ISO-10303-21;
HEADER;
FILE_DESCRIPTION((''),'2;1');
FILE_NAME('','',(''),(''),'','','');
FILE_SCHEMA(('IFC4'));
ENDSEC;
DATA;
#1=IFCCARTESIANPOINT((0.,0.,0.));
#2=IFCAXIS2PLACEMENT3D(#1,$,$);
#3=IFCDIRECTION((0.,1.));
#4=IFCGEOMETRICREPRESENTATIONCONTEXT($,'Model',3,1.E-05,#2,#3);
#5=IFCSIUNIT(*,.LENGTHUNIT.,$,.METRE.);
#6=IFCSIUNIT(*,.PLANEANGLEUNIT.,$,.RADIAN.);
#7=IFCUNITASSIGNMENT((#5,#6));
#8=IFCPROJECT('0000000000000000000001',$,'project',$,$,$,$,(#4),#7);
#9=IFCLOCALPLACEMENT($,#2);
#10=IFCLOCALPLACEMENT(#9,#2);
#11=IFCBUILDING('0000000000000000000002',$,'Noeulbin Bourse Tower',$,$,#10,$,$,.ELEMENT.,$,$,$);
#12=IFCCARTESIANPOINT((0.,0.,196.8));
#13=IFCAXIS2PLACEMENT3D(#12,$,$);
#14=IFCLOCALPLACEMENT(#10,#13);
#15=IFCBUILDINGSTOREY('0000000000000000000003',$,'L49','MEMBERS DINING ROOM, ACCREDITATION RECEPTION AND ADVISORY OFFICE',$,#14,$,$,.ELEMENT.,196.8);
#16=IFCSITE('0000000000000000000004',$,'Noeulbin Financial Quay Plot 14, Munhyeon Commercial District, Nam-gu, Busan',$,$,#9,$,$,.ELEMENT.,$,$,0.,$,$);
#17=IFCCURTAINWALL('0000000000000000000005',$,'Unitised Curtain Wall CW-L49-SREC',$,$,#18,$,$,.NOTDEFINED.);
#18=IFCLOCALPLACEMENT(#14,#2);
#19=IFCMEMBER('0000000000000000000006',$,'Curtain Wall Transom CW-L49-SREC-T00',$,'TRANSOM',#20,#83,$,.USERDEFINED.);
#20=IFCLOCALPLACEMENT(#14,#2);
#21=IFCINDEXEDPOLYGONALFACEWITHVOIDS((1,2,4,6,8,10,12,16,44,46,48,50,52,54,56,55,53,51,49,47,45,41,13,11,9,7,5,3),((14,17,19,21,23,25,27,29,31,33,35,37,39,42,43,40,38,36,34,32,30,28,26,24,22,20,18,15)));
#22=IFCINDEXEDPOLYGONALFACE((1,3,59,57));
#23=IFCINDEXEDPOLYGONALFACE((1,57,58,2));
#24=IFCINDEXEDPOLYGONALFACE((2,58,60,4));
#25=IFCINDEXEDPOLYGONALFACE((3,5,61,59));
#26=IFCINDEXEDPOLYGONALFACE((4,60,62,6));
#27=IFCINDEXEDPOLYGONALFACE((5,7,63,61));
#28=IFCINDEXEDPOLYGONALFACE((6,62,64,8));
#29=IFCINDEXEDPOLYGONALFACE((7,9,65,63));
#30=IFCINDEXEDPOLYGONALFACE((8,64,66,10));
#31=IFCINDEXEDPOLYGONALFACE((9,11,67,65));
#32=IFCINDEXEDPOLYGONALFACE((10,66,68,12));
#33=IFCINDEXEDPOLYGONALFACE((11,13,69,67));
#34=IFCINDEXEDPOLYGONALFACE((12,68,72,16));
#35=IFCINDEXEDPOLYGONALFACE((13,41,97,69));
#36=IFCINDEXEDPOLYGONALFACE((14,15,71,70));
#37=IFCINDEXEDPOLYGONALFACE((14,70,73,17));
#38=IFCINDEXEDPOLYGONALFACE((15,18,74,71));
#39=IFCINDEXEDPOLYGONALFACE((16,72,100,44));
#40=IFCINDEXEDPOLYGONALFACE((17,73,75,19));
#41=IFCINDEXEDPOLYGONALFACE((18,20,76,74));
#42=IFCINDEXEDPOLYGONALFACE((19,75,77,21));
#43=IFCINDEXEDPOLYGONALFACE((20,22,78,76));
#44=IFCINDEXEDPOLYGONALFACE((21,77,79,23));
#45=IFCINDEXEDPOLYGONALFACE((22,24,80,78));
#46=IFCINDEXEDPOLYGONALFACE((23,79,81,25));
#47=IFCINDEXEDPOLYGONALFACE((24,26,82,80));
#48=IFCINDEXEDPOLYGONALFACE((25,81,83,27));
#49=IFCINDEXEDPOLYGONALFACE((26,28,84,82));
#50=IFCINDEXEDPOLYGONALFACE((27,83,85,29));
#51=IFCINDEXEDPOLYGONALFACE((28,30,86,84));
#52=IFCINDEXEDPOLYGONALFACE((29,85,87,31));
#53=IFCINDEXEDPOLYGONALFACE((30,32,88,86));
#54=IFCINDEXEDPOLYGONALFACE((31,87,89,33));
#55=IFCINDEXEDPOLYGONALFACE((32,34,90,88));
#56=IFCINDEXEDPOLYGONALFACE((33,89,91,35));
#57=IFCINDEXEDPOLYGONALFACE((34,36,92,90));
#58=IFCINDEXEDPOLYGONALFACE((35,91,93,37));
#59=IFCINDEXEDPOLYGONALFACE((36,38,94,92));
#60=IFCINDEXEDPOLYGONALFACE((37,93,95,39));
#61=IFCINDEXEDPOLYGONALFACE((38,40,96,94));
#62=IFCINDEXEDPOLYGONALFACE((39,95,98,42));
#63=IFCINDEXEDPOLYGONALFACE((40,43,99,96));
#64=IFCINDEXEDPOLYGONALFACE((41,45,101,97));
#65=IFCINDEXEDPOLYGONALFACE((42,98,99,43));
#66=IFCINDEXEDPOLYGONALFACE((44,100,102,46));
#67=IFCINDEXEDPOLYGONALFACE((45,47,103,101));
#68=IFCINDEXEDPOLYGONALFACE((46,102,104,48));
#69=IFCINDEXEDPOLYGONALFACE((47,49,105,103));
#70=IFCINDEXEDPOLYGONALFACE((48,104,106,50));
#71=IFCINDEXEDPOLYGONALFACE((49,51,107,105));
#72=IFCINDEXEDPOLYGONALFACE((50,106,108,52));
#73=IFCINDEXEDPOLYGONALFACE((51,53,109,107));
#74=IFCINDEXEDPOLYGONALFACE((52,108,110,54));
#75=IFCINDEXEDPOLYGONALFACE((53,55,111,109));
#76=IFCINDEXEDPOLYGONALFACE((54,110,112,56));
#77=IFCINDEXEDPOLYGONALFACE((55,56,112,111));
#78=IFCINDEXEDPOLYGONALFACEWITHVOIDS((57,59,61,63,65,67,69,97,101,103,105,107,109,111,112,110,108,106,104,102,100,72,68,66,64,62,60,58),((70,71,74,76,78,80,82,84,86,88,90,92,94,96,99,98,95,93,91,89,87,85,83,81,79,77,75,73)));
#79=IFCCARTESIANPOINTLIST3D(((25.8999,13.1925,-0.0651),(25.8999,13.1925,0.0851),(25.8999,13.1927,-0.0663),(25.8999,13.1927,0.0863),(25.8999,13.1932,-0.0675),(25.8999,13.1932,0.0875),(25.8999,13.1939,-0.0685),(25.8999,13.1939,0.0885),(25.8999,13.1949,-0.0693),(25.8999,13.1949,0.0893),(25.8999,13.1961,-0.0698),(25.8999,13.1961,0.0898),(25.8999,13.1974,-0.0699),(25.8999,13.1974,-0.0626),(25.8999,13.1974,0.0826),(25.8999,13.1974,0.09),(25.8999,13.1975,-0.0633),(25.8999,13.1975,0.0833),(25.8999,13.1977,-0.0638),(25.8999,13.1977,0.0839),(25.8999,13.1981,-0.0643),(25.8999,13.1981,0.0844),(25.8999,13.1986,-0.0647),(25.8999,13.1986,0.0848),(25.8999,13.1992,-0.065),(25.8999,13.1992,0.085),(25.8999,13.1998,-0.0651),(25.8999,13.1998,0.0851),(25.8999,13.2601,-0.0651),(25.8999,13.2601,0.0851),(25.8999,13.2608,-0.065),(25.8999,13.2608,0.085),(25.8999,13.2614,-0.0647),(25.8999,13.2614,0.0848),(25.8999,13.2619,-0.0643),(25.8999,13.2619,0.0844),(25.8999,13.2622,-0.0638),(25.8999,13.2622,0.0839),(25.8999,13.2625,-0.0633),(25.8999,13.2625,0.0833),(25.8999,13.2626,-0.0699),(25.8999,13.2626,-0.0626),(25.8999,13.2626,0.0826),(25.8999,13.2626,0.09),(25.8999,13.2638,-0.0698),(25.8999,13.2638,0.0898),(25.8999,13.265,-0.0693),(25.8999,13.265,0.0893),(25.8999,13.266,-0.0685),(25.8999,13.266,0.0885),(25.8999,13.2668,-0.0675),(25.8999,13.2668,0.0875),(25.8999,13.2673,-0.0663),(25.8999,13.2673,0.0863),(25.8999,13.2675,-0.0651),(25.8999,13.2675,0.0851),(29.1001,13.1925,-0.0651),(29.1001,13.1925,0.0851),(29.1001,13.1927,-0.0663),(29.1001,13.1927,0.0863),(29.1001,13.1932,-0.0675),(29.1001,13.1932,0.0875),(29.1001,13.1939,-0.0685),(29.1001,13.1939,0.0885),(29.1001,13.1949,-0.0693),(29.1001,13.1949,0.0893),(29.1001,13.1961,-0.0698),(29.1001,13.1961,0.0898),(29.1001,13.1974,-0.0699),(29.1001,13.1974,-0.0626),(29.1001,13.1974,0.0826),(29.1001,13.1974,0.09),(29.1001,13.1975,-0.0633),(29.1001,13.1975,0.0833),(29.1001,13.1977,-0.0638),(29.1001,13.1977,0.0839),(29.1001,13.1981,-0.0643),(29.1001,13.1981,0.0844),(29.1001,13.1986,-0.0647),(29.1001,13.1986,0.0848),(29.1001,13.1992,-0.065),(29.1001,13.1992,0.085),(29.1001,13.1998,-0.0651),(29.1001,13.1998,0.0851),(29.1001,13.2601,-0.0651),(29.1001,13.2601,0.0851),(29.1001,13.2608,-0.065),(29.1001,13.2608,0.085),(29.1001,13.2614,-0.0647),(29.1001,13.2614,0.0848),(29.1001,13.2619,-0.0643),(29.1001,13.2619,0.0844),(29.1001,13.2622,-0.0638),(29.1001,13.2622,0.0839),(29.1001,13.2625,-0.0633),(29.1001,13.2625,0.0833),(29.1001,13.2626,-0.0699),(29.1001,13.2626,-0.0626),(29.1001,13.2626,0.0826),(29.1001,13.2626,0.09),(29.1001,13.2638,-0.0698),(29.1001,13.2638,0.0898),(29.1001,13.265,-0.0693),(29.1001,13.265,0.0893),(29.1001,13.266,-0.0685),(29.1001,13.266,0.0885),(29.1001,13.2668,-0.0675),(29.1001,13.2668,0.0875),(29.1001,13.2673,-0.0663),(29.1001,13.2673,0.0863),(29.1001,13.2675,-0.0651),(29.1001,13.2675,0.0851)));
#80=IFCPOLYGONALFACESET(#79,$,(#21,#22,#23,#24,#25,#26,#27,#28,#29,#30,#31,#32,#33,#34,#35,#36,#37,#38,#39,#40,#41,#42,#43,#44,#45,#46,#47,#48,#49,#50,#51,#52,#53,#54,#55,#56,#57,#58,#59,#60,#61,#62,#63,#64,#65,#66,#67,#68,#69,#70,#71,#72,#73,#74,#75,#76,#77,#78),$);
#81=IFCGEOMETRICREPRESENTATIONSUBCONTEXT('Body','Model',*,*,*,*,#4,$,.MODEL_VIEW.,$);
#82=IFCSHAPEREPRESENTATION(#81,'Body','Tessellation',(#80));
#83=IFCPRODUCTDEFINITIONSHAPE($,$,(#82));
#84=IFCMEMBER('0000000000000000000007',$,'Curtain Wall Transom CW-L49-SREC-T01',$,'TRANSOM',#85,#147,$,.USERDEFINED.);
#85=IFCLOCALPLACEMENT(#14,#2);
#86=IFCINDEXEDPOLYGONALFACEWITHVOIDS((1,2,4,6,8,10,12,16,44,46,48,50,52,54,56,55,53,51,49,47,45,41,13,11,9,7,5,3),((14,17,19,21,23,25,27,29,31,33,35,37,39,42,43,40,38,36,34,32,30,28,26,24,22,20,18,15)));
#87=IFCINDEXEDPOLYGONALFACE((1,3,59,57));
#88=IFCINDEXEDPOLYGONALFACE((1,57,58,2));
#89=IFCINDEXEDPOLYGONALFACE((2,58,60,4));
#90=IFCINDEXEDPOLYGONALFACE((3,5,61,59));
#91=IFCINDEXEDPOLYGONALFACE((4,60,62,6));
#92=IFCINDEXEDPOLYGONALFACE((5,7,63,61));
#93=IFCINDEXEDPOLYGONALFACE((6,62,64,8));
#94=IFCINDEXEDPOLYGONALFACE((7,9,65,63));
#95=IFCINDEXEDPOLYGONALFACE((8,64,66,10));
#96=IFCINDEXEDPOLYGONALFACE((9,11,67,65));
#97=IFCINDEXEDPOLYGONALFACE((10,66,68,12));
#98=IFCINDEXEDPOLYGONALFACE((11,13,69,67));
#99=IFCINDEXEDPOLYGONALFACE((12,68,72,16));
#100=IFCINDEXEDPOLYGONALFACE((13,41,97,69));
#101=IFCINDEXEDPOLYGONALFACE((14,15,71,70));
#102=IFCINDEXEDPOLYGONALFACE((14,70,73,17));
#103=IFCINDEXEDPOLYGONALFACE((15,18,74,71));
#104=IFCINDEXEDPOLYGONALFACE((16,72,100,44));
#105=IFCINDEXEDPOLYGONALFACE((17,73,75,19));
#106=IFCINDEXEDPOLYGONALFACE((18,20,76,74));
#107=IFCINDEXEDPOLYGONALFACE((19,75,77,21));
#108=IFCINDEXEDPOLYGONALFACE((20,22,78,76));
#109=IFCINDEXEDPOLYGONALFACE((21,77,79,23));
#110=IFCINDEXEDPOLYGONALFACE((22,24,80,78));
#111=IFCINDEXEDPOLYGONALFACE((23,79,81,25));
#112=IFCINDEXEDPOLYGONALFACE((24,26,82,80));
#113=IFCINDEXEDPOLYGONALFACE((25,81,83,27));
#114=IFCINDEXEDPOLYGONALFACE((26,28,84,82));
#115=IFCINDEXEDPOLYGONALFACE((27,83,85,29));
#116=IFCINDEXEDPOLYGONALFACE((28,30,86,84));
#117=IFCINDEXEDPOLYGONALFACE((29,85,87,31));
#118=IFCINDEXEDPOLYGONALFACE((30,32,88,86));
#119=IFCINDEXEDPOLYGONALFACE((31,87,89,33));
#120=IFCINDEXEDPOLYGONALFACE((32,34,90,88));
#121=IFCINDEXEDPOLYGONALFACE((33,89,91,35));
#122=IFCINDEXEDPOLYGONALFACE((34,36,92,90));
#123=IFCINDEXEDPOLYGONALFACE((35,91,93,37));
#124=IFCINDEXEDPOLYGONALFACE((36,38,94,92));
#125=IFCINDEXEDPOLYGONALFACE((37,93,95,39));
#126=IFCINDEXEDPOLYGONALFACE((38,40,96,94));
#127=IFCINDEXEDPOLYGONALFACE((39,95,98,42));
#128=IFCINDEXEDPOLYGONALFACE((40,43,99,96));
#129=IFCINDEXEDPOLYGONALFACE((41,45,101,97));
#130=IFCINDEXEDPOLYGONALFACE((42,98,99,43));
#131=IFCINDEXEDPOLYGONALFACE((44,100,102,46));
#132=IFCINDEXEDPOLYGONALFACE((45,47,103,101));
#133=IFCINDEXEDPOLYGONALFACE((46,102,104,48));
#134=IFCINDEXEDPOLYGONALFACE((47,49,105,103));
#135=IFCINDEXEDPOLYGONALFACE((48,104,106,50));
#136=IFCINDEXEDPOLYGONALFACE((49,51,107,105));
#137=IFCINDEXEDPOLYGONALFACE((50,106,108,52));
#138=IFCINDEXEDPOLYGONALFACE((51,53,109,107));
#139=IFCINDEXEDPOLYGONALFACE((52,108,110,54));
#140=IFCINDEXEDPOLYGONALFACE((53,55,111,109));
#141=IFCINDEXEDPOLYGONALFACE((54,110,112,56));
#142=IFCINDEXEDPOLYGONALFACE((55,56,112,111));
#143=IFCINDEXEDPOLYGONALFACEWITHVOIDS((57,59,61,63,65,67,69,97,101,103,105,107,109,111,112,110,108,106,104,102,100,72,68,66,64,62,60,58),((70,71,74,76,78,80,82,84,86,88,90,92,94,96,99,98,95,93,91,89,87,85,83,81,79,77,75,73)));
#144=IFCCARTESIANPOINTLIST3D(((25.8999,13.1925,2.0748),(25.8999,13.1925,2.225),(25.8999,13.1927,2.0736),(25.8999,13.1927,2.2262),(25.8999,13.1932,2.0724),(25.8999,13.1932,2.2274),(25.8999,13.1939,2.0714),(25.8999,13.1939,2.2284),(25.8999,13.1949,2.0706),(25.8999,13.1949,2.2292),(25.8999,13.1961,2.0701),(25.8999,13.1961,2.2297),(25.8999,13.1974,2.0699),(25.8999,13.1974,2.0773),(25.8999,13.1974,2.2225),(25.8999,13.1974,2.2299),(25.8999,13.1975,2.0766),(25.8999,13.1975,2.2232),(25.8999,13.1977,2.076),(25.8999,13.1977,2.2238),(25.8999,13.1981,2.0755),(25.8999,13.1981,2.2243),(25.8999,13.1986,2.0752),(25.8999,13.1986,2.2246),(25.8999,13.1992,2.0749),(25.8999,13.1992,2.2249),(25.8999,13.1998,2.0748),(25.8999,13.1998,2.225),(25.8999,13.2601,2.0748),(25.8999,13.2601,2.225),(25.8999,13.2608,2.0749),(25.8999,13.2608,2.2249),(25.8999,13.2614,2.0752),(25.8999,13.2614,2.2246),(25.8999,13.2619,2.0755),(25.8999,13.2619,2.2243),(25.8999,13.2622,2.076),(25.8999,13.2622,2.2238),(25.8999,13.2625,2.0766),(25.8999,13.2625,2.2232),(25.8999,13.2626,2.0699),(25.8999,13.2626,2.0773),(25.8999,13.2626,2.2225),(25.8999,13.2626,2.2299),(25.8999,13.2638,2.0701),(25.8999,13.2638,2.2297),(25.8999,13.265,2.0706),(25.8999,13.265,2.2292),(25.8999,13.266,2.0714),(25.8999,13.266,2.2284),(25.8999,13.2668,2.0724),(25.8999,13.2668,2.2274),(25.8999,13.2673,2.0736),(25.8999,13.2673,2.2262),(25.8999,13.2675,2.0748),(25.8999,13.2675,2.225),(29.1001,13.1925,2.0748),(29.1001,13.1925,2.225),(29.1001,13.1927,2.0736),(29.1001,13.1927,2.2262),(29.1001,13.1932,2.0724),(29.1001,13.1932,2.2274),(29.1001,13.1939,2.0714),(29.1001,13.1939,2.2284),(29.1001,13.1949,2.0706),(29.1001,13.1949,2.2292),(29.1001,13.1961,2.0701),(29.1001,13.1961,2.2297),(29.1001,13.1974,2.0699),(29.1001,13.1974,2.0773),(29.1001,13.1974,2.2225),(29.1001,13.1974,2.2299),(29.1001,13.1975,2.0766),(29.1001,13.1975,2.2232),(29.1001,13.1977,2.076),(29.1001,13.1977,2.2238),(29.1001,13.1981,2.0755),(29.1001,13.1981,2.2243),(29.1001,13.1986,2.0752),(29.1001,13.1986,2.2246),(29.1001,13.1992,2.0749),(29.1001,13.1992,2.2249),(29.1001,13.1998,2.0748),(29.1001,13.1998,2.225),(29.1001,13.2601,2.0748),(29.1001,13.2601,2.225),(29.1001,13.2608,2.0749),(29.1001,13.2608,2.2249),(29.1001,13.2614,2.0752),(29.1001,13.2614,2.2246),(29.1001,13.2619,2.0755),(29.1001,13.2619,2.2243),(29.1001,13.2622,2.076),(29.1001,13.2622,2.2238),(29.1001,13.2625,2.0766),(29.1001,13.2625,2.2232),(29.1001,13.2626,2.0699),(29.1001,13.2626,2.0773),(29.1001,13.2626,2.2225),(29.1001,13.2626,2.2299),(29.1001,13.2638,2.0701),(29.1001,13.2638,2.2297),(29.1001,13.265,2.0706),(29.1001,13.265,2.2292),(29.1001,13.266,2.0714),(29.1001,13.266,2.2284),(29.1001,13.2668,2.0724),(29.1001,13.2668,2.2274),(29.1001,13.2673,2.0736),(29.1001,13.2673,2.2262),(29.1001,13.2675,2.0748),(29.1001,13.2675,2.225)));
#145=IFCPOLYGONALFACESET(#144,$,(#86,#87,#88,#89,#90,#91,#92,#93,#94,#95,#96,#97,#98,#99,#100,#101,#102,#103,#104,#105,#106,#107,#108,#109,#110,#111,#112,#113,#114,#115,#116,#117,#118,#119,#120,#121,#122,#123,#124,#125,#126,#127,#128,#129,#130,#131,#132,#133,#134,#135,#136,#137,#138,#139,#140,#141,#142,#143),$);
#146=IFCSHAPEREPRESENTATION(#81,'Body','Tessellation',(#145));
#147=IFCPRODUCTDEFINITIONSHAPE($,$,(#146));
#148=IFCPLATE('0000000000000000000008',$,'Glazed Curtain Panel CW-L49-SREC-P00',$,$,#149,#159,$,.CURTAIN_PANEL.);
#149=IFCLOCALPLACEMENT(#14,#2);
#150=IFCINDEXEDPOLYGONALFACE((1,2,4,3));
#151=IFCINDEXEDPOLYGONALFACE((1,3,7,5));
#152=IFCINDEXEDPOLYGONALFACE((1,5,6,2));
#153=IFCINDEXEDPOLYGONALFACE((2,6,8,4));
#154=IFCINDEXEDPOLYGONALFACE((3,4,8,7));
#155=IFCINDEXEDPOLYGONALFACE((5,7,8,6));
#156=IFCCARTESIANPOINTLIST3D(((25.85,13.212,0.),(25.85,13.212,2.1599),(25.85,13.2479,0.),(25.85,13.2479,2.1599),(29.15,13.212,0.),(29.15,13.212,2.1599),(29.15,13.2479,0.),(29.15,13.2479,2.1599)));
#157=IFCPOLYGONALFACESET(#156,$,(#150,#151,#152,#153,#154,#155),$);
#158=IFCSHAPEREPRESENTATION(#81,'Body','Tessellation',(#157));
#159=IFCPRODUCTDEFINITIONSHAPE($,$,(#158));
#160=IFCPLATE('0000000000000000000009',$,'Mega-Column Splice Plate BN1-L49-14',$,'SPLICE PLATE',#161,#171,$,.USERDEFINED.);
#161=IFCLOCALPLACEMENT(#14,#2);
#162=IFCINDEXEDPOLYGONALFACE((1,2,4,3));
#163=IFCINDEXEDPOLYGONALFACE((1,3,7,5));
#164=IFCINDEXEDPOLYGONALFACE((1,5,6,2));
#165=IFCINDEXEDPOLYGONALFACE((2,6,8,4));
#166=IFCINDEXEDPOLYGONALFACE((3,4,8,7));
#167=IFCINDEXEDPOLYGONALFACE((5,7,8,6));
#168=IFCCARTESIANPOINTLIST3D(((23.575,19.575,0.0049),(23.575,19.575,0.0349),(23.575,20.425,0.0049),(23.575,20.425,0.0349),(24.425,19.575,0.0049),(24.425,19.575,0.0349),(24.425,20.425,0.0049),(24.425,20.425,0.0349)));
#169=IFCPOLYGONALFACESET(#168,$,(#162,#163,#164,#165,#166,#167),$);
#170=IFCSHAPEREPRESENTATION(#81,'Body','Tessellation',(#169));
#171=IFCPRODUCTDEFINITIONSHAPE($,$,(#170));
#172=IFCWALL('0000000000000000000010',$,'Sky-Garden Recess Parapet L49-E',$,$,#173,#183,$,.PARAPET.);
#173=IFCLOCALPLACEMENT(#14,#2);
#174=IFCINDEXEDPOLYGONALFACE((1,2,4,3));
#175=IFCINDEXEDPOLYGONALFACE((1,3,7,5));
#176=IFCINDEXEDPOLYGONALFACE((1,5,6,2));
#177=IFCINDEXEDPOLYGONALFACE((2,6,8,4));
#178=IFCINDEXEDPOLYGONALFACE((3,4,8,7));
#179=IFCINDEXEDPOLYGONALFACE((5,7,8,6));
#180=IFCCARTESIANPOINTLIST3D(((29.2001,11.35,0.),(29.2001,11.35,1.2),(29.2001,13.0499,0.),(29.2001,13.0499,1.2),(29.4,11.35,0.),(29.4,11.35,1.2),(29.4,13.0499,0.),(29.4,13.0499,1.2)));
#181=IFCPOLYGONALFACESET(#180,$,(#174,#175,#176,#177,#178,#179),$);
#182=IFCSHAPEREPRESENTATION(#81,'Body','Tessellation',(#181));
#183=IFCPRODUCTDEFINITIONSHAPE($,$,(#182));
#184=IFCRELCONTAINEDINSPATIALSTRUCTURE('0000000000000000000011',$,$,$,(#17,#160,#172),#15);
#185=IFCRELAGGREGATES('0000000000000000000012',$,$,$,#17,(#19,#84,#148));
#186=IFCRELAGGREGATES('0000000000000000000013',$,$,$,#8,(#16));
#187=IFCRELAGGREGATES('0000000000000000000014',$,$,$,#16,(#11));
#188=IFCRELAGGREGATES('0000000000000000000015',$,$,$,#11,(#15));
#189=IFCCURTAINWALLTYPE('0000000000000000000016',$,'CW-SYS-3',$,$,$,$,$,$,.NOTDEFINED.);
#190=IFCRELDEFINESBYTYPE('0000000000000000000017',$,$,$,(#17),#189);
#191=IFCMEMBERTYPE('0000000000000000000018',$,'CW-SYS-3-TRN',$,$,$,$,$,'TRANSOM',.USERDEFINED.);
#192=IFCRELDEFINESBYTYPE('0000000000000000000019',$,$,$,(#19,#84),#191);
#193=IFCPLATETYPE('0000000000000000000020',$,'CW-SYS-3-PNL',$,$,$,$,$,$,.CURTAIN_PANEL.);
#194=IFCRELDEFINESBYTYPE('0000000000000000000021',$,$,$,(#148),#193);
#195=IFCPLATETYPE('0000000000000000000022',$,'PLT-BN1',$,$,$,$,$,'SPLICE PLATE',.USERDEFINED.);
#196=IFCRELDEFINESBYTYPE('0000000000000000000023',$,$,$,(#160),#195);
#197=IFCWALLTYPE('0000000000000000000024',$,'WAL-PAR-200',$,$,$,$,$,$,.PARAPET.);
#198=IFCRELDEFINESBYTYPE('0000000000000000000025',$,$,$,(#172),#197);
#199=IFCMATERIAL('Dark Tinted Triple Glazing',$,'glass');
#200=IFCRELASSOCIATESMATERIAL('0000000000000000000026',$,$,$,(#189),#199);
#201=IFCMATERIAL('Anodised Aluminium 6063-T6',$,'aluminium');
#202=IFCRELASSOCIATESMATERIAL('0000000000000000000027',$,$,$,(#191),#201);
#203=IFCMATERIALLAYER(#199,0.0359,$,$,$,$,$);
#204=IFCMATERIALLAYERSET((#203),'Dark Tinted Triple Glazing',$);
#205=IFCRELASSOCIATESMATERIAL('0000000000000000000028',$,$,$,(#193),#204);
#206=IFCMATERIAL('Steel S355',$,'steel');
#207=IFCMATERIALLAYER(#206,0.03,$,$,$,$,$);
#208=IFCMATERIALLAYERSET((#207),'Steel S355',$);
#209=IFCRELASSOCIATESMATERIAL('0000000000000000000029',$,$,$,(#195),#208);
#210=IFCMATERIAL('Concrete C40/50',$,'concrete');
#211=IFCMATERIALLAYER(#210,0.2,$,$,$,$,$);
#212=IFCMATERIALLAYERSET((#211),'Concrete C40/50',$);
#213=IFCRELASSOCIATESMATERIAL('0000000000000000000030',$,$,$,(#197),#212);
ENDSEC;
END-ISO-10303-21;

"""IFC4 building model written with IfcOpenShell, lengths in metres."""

from ifc_helpers import new_model, si_unit, direction, frame, frame_2d, origin, origin_2d, place, context, subcontext, project, spatial, rectangle, hollow_rectangle, extrude, material, layer, layer_set, material_profile, profile_set, type_object, element, aggregate, save


model = new_model("IFC4")

# Units and contexts
model_context = context("Model", 3, precision=1e-05, world=origin(), true_north=direction((0.0, 1.0)))
body_context = subcontext(model_context, "Body", "Model", "MODEL_VIEW")
ifc_project = project(units=[si_unit("LENGTHUNIT", "METRE"), si_unit("PLANEANGLEUNIT", "RADIAN")], contexts=[model_context])

# Site, building, storey
site_placement = place(None, origin())
site = spatial("IfcSite", under=ifc_project, at=site_placement, Name="Noeulbin Financial Quay Plot 14, Munhyeon Commercial District, Nam-gu, Busan", CompositionType="ELEMENT", RefElevation=0.0)
building_placement = place(site_placement, origin())
building = spatial("IfcBuilding", under=site, at=building_placement, Name="Noeulbin Bourse Tower", CompositionType="ELEMENT")
storey_placement = place(building_placement, frame((0.0, 0.0, 196.8)))
storey = spatial("IfcBuildingStorey", under=building, at=storey_placement, Name="L49", Description="MEMBERS DINING ROOM, ACCREDITATION RECEPTION AND ADVISORY OFFICE", CompositionType="ELEMENT", Elevation=196.8)

# Shared definitions
ifc_material_1 = material(Name="Steel S355", Category="steel")

# Curtain wall, members, plate
ifc_material_2 = material(Name="Dark Tinted Triple Glazing", Category="glass")
curtain_wall_type = type_object("IfcCurtainWallType", Name="CW-SYS-3", PredefinedType="NOTDEFINED", material=ifc_material_2)
curtain_wall_placement = place(storey_placement, origin())
curtain_wall = element("IfcCurtainWall", 1, at=curtain_wall_placement, inside=storey, type_object=curtain_wall_type, Name="Unitised Curtain Wall CW-L49-SREC", PredefinedType="NOTDEFINED")
ifc_material_3 = material(Name="Anodised Aluminium 6063-T6", Category="aluminium")
ifc_material_profile_1 = material_profile(ifc_material_3, hollow_rectangle(XDim=0.075, YDim=0.1599, WallThickness=0.0049, InnerFilletRadius=0.0024, OuterFilletRadius=0.0049, at=origin_2d()), Name="ALU-TRAN-75x160x5", Category="LoadBearing")
ifc_profile_set_1 = profile_set([ifc_material_profile_1], Name="Anodised Aluminium 6063-T6")
member_type_1 = type_object("IfcMemberType", Name="CW-SYS-3-TRN", ElementType="TRANSOM", PredefinedType="USERDEFINED", material=ifc_profile_set_1)
member_1_placement = place(storey_placement, frame((25.8999, 13.23, 0.01), z_axis=(1.0, 0.0, 0.0), x_axis=(0.0, 1.0, 0.0)))
member_1 = element("IfcMember", 2, at=member_1_placement, type_object=member_type_1, Name="Curtain Wall Transom CW-L49-SREC-T00", ObjectType="TRANSOM", PredefinedType="USERDEFINED", context=body_context, shape_type="SweptSolid", body=[
    extrude(hollow_rectangle(XDim=0.075, YDim=0.1599, WallThickness=0.0049, InnerFilletRadius=0.0024, OuterFilletRadius=0.0049, at=origin_2d()), origin(), (0.0, 0.0, 1.0), 3.2002),
])
member_2_placement = place(storey_placement, frame((25.8999, 13.23, 2.1499), z_axis=(1.0, 0.0, 0.0), x_axis=(0.0, 1.0, 0.0)))
member_2 = element("IfcMember", 3, at=member_2_placement, type_object=member_type_1, Name="Curtain Wall Transom CW-L49-SREC-T01", ObjectType="TRANSOM", PredefinedType="USERDEFINED", context=body_context, shape_type="SweptSolid", body=[
    extrude(hollow_rectangle(XDim=0.075, YDim=0.1599, WallThickness=0.0049, InnerFilletRadius=0.0024, OuterFilletRadius=0.0049, at=origin_2d()), origin(), (0.0, 0.0, 1.0), 3.2002),
])
ifc_layer_1 = layer(ifc_material_2, 0.0359)
ifc_layer_set_1 = layer_set([ifc_layer_1], Name="Dark Tinted Triple Glazing")
plate_type_1 = type_object("IfcPlateType", Name="CW-SYS-3-PNL", PredefinedType="CURTAIN_PANEL", material=ifc_layer_set_1)
plate_1_placement = place(storey_placement, frame((27.5, 13.23, 0.0), z_axis=(0.0, 0.0, 1.0), x_axis=(1.0, 0.0, 0.0)))
plate_1 = element("IfcPlate", 4, at=plate_1_placement, type_object=plate_type_1, Name="Glazed Curtain Panel CW-L49-SREC-P00", PredefinedType="CURTAIN_PANEL", context=body_context, shape_type="SweptSolid", body=[
    extrude(rectangle(XDim=3.3, YDim=0.0359, at=origin_2d()), origin(), (0.0, 0.0, 1.0), 2.1599),
])
aggregate(curtain_wall, [member_1, member_2, plate_1])

# Plate
ifc_layer_2 = layer(ifc_material_1, 0.03)
ifc_layer_set_2 = layer_set([ifc_layer_2], Name="Steel S355")
plate_type_2 = type_object("IfcPlateType", Name="PLT-BN1", ElementType="SPLICE PLATE", PredefinedType="USERDEFINED", material=ifc_layer_set_2)
plate_2_placement = place(storey_placement, frame((24.0, 20.0, 0.0049), z_axis=(0.0, 0.0, 1.0), x_axis=(1.0, 0.0, 0.0)))
element("IfcPlate", 5, at=plate_2_placement, inside=storey, type_object=plate_type_2, Name="Mega-Column Splice Plate BN1-L49-14", ObjectType="SPLICE PLATE", PredefinedType="USERDEFINED", context=body_context, shape_type="SweptSolid", body=[
    extrude(rectangle(XDim=0.8501, YDim=0.8501, at=origin_2d()), origin(), (0.0, 0.0, 1.0), 0.03),
])

# Wall
ifc_material_4 = material(Name="Concrete C40/50", Category="concrete")
ifc_layer_3 = layer(ifc_material_4, 0.2)
ifc_layer_set_3 = layer_set([ifc_layer_3], Name="Concrete C40/50")
wall_type_1 = type_object("IfcWallType", Name="WAL-PAR-200", PredefinedType="PARAPET", material=ifc_layer_set_3)
wall_1_placement = place(storey_placement, frame((29.3, 13.05, 0.0), z_axis=(0.0, 0.0, 1.0), x_axis=(0.0, -1.0, 0.0)))
element("IfcWall", 6, at=wall_1_placement, inside=storey, type_object=wall_type_1, Name="Sky-Garden Recess Parapet L49-E", PredefinedType="PARAPET", context=body_context, shape_type="SweptSolid", body=[
    extrude(rectangle(XDim=1.7, YDim=0.2, at=frame_2d((0.8501, 0.0))), origin(), (0.0, 0.0, 1.0), 1.2),
])

save(model, "model.ifc")
